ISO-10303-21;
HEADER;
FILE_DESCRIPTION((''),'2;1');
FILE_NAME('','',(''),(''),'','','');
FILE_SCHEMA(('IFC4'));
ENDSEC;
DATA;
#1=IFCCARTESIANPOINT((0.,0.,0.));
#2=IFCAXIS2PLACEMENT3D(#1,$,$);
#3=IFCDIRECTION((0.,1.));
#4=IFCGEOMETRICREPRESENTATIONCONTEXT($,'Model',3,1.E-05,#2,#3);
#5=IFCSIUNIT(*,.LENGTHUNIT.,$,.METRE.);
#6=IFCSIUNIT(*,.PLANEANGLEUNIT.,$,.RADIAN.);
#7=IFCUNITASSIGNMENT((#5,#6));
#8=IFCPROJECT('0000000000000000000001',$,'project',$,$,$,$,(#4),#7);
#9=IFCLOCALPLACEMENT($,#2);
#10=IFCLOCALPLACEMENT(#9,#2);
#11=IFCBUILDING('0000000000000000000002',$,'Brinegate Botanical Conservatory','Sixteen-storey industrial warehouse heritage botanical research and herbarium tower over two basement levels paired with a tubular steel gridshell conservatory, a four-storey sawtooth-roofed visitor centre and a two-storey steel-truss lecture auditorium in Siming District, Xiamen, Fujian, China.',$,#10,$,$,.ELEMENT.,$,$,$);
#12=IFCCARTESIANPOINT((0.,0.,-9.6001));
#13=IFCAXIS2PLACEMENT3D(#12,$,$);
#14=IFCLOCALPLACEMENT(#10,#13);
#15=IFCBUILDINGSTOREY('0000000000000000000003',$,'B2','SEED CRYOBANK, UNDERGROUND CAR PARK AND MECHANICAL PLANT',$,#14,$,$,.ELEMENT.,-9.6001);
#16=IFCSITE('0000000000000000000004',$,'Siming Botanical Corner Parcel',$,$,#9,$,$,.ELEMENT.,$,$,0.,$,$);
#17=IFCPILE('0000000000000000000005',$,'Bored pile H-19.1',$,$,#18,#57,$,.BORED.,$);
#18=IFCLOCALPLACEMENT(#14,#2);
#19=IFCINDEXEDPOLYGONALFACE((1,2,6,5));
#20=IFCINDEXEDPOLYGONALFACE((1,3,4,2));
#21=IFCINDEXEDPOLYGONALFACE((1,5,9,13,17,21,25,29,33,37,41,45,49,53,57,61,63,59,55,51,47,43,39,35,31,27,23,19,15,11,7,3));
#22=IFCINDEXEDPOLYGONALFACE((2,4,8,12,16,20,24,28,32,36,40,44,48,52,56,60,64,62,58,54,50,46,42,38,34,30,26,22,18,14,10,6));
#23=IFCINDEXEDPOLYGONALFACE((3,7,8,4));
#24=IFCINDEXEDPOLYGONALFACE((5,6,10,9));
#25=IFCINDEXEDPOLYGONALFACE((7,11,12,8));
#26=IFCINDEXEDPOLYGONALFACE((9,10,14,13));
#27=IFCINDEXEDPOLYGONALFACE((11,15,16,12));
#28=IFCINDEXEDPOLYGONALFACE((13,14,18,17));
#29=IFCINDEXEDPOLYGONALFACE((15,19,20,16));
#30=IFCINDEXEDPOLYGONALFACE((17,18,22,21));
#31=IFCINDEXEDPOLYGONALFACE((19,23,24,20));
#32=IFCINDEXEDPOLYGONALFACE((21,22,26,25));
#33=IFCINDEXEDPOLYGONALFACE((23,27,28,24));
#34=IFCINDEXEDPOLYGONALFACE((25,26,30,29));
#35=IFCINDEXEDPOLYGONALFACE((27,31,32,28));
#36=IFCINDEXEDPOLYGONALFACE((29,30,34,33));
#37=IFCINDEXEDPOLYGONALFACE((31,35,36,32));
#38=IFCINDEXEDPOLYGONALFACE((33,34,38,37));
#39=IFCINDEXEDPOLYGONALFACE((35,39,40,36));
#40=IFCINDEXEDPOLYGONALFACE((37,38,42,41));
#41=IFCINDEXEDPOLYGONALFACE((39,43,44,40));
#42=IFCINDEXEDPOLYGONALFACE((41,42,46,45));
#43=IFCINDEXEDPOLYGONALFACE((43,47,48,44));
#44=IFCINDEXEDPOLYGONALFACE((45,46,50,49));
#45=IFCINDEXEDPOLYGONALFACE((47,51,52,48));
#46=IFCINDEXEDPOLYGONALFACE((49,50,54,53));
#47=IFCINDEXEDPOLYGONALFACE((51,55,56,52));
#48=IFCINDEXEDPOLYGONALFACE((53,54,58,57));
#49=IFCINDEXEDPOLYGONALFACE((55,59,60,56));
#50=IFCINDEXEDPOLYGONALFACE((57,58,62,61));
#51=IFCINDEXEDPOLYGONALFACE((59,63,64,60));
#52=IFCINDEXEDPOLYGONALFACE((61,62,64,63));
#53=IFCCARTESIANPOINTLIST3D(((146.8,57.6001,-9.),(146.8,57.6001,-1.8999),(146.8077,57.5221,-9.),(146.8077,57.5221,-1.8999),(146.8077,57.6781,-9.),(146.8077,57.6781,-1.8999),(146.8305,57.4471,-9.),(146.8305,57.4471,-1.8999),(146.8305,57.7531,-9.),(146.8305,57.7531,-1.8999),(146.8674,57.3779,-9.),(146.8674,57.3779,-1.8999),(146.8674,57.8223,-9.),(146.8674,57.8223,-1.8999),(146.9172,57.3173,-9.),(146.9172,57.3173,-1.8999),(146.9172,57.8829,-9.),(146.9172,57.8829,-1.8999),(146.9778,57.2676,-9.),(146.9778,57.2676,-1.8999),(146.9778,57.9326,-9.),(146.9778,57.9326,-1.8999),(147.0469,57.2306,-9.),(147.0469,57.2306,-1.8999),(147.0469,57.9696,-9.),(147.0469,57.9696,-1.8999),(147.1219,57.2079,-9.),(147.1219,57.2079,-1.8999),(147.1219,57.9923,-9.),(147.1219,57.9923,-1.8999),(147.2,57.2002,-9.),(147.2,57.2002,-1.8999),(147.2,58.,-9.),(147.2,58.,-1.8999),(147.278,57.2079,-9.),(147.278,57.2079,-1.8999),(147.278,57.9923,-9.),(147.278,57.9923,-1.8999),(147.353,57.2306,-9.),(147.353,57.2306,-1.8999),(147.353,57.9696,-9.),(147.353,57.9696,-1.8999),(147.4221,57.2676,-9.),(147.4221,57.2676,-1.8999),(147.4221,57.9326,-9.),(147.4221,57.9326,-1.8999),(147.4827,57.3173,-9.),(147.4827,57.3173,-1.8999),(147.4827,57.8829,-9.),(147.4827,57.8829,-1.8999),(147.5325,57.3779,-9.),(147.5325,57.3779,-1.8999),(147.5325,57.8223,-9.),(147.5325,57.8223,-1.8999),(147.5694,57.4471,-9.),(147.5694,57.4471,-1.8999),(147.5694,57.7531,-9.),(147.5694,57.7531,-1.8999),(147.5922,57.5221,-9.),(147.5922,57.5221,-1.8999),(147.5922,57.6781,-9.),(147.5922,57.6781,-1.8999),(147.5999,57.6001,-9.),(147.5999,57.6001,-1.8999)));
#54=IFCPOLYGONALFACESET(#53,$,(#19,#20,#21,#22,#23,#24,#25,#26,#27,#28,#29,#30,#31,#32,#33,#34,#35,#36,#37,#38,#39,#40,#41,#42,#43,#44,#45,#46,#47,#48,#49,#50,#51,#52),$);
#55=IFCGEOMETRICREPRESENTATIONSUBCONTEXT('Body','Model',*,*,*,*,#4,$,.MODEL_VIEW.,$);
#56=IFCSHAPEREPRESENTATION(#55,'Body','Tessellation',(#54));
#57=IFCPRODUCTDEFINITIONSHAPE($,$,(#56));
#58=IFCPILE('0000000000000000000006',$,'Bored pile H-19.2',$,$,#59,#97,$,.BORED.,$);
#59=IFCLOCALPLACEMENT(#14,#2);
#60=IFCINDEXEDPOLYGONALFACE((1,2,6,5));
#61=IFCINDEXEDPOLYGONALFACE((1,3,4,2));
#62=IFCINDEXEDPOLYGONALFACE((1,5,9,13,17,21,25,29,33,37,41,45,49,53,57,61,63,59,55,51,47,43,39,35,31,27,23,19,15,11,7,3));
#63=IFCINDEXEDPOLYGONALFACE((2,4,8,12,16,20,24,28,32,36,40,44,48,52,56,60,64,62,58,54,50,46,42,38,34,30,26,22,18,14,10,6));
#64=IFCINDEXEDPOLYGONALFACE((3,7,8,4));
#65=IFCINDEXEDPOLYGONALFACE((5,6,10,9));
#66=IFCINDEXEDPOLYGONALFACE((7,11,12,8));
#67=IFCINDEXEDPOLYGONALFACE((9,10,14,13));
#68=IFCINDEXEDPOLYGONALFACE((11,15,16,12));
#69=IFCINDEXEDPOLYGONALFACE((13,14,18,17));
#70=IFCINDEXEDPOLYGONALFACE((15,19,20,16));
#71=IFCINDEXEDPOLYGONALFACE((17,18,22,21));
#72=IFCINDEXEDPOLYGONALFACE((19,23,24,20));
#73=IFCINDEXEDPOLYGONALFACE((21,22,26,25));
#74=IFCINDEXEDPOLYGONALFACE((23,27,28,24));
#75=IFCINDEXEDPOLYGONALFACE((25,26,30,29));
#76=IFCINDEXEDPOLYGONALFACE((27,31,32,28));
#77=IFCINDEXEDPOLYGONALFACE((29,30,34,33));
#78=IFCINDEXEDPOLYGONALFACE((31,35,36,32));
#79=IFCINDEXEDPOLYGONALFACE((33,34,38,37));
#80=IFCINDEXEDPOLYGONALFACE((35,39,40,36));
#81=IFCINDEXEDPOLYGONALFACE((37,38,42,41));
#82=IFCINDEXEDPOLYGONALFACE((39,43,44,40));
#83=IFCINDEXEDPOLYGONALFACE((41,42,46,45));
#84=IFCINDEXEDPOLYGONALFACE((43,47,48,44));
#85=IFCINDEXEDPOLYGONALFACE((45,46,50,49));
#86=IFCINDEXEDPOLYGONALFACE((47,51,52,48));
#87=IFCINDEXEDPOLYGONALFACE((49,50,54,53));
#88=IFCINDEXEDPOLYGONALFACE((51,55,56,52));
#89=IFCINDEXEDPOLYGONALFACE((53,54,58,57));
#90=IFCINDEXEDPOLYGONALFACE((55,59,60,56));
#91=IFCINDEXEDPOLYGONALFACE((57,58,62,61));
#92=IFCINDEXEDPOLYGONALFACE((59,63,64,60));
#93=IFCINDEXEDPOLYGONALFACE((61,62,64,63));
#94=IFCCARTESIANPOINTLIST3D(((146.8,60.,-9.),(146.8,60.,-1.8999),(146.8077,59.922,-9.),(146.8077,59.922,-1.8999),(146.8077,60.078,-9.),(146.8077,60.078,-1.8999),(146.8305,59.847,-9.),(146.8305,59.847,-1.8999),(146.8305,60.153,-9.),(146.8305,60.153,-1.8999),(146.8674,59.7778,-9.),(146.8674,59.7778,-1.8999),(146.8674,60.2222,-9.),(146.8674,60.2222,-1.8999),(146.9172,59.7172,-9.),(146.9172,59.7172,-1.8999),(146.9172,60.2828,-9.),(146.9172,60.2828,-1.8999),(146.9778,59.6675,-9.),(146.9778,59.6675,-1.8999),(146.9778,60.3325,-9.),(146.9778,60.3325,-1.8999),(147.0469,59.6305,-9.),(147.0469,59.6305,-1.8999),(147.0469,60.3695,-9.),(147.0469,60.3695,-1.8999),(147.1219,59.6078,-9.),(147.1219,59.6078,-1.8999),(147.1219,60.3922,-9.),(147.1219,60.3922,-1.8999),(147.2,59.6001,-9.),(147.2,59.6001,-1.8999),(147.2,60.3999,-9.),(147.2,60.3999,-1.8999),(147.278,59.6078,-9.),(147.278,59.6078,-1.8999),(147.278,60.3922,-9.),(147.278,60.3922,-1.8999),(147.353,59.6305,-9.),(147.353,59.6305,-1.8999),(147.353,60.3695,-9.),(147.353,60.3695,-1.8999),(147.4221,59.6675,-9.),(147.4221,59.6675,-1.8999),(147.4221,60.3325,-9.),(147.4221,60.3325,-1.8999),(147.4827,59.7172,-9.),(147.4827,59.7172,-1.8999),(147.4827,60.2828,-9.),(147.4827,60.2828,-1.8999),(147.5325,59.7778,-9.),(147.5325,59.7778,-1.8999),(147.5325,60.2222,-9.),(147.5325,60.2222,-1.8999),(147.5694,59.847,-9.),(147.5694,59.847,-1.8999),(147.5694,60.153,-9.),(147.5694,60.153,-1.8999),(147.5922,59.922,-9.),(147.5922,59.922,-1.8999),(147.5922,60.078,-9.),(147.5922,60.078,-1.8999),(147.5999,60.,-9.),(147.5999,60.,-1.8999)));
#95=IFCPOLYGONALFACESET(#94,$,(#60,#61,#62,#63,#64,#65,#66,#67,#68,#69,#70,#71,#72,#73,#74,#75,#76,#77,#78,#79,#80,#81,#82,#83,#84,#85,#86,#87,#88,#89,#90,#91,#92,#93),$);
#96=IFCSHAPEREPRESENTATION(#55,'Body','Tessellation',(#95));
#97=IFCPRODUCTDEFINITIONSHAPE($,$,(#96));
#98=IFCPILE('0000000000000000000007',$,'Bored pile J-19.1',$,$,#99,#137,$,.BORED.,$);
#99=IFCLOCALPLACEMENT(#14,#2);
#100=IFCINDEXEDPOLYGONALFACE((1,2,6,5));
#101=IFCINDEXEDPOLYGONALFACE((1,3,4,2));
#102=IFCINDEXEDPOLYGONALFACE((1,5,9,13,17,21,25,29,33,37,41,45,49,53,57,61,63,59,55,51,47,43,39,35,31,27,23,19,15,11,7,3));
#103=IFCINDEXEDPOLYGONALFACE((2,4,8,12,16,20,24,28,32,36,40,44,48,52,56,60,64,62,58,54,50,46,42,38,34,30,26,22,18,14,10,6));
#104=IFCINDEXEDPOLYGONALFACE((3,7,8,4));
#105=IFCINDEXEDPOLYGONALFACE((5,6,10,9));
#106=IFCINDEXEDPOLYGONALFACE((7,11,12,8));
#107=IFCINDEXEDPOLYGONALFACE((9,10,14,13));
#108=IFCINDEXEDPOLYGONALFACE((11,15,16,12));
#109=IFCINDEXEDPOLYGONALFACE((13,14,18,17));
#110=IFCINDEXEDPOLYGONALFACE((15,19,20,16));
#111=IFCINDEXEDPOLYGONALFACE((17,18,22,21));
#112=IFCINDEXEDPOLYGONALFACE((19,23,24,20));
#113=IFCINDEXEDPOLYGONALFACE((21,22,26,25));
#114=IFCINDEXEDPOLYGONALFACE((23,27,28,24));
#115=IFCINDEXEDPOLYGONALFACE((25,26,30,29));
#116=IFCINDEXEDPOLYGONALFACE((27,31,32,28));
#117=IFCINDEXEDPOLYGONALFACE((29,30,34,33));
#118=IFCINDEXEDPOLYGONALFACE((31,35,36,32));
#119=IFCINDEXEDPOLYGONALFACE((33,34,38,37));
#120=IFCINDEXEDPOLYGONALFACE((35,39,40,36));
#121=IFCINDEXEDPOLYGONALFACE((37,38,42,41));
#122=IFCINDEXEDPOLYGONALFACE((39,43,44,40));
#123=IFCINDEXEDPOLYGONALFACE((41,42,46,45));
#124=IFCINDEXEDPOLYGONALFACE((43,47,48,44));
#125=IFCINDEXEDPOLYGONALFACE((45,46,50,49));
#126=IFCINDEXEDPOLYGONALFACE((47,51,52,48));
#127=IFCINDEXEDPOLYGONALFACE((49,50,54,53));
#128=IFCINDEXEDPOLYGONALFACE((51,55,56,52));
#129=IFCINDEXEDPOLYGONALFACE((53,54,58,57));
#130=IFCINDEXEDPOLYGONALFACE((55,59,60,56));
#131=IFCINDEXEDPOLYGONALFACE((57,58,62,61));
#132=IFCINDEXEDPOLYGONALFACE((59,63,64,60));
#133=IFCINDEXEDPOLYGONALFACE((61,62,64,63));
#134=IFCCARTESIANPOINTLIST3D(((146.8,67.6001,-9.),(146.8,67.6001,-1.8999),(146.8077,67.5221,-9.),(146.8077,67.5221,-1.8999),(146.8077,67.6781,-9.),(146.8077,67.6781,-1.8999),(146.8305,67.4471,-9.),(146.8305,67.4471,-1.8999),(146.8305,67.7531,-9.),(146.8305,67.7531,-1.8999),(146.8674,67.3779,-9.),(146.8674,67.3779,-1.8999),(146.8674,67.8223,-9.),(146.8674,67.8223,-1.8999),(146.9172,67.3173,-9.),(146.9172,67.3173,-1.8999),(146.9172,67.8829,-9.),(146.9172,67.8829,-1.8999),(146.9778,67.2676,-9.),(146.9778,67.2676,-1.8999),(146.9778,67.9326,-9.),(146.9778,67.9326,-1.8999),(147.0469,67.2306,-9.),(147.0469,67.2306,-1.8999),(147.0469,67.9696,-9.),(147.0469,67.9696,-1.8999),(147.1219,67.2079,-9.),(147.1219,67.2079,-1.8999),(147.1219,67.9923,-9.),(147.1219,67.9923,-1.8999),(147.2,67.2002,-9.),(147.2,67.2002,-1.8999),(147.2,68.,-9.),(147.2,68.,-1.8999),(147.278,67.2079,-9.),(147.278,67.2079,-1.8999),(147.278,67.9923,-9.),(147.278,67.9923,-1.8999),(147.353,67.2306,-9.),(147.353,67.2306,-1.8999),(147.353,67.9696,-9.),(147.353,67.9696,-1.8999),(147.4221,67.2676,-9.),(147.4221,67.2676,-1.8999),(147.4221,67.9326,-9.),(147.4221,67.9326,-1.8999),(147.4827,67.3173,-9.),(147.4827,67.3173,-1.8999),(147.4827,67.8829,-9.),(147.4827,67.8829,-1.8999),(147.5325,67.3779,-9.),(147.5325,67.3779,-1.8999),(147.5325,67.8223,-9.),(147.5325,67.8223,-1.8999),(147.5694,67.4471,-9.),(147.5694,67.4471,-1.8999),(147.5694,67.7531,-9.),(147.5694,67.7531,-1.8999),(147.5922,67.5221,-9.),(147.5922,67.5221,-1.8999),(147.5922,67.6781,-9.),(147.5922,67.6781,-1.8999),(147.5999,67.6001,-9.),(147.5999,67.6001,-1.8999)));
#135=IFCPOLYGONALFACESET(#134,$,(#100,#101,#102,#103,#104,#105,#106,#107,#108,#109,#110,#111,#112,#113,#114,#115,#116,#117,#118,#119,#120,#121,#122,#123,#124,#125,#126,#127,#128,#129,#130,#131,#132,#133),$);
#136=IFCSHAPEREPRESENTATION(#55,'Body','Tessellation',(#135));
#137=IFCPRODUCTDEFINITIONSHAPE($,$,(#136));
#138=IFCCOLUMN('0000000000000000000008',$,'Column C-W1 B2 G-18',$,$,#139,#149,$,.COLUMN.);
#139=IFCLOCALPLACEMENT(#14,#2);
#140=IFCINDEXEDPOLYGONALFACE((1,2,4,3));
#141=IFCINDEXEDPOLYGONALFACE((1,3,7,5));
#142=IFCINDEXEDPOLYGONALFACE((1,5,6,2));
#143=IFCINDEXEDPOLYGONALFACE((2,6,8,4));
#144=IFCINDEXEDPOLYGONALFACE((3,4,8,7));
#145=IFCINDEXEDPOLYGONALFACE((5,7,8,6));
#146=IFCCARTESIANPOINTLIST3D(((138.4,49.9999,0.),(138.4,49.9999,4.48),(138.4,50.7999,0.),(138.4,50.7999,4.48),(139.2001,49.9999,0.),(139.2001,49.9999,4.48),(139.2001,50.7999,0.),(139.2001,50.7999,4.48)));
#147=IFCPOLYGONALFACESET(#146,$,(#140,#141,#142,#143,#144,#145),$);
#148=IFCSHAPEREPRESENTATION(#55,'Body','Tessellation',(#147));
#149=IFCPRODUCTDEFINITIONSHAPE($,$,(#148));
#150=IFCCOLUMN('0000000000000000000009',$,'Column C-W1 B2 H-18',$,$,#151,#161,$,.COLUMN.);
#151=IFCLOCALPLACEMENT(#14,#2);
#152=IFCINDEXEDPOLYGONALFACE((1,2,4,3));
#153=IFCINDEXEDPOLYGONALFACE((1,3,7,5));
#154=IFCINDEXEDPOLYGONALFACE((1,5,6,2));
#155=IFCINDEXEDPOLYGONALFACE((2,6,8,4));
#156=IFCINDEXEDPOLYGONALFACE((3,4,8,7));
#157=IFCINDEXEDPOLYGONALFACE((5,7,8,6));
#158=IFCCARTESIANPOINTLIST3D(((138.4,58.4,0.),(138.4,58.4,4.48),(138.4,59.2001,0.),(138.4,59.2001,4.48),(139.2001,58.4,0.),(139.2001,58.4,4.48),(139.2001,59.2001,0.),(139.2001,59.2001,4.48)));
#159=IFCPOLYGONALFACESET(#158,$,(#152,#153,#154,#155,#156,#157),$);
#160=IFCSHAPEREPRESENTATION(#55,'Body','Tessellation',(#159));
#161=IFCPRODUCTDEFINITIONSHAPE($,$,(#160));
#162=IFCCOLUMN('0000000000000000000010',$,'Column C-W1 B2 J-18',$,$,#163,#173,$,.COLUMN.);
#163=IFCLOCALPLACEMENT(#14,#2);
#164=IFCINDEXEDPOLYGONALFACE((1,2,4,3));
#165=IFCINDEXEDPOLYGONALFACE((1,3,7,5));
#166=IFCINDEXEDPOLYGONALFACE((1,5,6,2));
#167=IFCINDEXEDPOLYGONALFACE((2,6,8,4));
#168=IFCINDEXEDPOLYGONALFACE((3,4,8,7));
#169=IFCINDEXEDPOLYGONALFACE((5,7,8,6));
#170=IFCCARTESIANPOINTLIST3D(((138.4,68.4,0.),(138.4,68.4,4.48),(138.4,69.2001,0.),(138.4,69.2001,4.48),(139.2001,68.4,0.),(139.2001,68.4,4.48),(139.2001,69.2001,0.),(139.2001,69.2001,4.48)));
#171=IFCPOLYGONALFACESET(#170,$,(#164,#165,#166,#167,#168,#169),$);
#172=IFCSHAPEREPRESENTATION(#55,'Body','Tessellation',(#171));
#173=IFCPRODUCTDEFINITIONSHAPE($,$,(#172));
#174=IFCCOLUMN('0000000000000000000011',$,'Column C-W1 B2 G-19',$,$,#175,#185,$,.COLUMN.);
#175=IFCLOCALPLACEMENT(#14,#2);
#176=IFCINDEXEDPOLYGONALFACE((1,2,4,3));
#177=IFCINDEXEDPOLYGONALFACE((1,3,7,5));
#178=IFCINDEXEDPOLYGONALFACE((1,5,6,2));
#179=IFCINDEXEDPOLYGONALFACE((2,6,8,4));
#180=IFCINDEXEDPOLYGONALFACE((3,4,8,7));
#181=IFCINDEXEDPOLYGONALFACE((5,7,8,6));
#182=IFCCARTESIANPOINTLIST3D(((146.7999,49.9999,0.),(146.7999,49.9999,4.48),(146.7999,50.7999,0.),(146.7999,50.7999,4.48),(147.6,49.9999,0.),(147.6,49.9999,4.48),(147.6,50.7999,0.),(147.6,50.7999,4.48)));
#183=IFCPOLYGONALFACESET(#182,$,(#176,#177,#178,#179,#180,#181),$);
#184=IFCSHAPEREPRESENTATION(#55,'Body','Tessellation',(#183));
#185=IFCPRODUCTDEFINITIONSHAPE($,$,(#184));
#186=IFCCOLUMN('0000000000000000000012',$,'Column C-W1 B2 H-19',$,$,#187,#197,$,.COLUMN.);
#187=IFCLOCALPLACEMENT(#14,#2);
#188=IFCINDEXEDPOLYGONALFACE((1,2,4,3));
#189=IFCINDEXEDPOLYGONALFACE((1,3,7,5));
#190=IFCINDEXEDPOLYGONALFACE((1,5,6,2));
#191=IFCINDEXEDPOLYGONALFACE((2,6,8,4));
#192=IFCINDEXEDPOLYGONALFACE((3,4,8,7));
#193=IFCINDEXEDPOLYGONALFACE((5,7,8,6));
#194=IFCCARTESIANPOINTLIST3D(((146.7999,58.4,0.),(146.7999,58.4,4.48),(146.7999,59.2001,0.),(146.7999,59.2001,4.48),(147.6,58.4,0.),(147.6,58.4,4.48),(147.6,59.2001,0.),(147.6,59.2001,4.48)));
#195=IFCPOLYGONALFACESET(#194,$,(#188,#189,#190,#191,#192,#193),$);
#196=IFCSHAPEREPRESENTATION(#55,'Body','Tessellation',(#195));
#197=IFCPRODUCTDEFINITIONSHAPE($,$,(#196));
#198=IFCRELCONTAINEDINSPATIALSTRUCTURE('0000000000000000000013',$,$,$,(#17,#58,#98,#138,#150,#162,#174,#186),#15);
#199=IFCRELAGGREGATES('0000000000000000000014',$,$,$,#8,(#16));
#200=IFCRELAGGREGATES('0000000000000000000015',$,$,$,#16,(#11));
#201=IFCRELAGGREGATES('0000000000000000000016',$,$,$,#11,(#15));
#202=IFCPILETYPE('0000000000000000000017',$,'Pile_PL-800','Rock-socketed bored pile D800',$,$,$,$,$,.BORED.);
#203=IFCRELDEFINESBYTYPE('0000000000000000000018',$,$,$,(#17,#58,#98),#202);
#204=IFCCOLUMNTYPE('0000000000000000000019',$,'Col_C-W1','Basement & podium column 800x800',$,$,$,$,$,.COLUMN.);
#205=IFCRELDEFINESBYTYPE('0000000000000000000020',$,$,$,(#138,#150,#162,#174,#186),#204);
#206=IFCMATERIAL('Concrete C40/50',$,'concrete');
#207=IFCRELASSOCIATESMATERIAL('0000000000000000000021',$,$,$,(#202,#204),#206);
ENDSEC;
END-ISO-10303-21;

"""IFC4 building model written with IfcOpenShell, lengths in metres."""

from ifc_helpers import new_model, si_unit, direction, frame, origin, origin_2d, place, context, subcontext, project, spatial, rectangle, circle, extrude, material, material_profile, profile_set, type_object, element, save


model = new_model("IFC4")

# Units and contexts
model_context = context("Model", 3, precision=1e-05, world=origin(), true_north=direction((0.0, 1.0)))
body_context = subcontext(model_context, "Body", "Model", "MODEL_VIEW")
ifc_project = project(units=[si_unit("LENGTHUNIT", "METRE"), si_unit("PLANEANGLEUNIT", "RADIAN")], contexts=[model_context])

# Site, building, storey
site_placement = place(None, origin())
site = spatial("IfcSite", under=ifc_project, at=site_placement, Name="Siming Botanical Corner Parcel", CompositionType="ELEMENT", RefElevation=0.0)
building_placement = place(site_placement, origin())
building = spatial("IfcBuilding", under=site, at=building_placement, Name="Brinegate Botanical Conservatory", Description="Sixteen-storey industrial warehouse heritage botanical research and herbarium tower over two basement levels paired with a tubular steel gridshell conservatory, a four-storey sawtooth-roofed visitor centre and a two-storey steel-truss lecture auditorium in Siming District, Xiamen, Fujian, China.", CompositionType="ELEMENT")
storey_placement = place(building_placement, frame((0.0, 0.0, -9.6001)))
storey = spatial("IfcBuildingStorey", under=building, at=storey_placement, Name="B2", Description="SEED CRYOBANK, UNDERGROUND CAR PARK AND MECHANICAL PLANT", CompositionType="ELEMENT", Elevation=-9.6001)

# Shared definitions
ifc_material = material(Name="Concrete C40/50", Category="concrete")

# Piles
ifc_material_profile_1 = material_profile(ifc_material, circle(Radius=0.3999, at=origin_2d()), Name="PILE D800")
ifc_profile_set_1 = profile_set([ifc_material_profile_1], Name="Concrete C40/50")
pile_type = type_object("IfcPileType", Name="Pile_PL-800", Description="Rock-socketed bored pile D800", PredefinedType="BORED", material=ifc_profile_set_1)
for number, where, z_axis, x_axis, name in (
    (1, (147.2, 57.6001, -1.8999), (0.0, 0.0, -1.0), (1.0, 0.0, 0.0), "Bored pile H-19.1"),
    (2, (147.2, 60.0, -1.8999), (0.0, 0.0, -1.0), (1.0, 0.0, 0.0), "Bored pile H-19.2"),
    (3, (147.2, 67.6001, -1.8999), (0.0, 0.0, -1.0), (1.0, 0.0, 0.0), "Bored pile J-19.1"),
):
    element("IfcPile", number, at=place(storey_placement, frame(where, z_axis=z_axis, x_axis=x_axis)), inside=storey, type_object=pile_type, Name=name, PredefinedType="BORED", context=body_context, shape_type="SweptSolid", body=[
        extrude(circle(Radius=0.3999, at=origin_2d()), origin(), (0.0, 0.0, 1.0), 7.1001),
    ])

# Columns
ifc_material_profile_2 = material_profile(ifc_material, rectangle(XDim=0.8, YDim=0.8, at=origin_2d()), Name="RC COL 800x800")
ifc_profile_set_2 = profile_set([ifc_material_profile_2], Name="Concrete C40/50")
column_type = type_object("IfcColumnType", Name="Col_C-W1", Description="Basement & podium column 800x800", PredefinedType="COLUMN", material=ifc_profile_set_2)
for number, where, z_axis, x_axis, name in (
    (4, (138.8, 50.3999, 0.0), (0.0, 0.0, 1.0), (1.0, 0.0, 0.0), "Column C-W1 B2 G-18"),
    (5, (138.8, 58.8, 0.0), (0.0, 0.0, 1.0), (1.0, 0.0, 0.0), "Column C-W1 B2 H-18"),
    (6, (138.8, 68.8, 0.0), (0.0, 0.0, 1.0), (1.0, 0.0, 0.0), "Column C-W1 B2 J-18"),
    (7, (147.2, 50.3999, 0.0), (0.0, 0.0, 1.0), (1.0, 0.0, 0.0), "Column C-W1 B2 G-19"),
    (8, (147.2, 58.8, 0.0), (0.0, 0.0, 1.0), (1.0, 0.0, 0.0), "Column C-W1 B2 H-19"),
):
    element("IfcColumn", number, at=place(storey_placement, frame(where, z_axis=z_axis, x_axis=x_axis)), inside=storey, type_object=column_type, Name=name, PredefinedType="COLUMN", context=body_context, shape_type="SweptSolid", body=[
        extrude(rectangle(XDim=0.8, YDim=0.8, at=origin_2d()), origin(), (0.0, 0.0, 1.0), 4.48),
    ])

save(model, "model.ifc")
